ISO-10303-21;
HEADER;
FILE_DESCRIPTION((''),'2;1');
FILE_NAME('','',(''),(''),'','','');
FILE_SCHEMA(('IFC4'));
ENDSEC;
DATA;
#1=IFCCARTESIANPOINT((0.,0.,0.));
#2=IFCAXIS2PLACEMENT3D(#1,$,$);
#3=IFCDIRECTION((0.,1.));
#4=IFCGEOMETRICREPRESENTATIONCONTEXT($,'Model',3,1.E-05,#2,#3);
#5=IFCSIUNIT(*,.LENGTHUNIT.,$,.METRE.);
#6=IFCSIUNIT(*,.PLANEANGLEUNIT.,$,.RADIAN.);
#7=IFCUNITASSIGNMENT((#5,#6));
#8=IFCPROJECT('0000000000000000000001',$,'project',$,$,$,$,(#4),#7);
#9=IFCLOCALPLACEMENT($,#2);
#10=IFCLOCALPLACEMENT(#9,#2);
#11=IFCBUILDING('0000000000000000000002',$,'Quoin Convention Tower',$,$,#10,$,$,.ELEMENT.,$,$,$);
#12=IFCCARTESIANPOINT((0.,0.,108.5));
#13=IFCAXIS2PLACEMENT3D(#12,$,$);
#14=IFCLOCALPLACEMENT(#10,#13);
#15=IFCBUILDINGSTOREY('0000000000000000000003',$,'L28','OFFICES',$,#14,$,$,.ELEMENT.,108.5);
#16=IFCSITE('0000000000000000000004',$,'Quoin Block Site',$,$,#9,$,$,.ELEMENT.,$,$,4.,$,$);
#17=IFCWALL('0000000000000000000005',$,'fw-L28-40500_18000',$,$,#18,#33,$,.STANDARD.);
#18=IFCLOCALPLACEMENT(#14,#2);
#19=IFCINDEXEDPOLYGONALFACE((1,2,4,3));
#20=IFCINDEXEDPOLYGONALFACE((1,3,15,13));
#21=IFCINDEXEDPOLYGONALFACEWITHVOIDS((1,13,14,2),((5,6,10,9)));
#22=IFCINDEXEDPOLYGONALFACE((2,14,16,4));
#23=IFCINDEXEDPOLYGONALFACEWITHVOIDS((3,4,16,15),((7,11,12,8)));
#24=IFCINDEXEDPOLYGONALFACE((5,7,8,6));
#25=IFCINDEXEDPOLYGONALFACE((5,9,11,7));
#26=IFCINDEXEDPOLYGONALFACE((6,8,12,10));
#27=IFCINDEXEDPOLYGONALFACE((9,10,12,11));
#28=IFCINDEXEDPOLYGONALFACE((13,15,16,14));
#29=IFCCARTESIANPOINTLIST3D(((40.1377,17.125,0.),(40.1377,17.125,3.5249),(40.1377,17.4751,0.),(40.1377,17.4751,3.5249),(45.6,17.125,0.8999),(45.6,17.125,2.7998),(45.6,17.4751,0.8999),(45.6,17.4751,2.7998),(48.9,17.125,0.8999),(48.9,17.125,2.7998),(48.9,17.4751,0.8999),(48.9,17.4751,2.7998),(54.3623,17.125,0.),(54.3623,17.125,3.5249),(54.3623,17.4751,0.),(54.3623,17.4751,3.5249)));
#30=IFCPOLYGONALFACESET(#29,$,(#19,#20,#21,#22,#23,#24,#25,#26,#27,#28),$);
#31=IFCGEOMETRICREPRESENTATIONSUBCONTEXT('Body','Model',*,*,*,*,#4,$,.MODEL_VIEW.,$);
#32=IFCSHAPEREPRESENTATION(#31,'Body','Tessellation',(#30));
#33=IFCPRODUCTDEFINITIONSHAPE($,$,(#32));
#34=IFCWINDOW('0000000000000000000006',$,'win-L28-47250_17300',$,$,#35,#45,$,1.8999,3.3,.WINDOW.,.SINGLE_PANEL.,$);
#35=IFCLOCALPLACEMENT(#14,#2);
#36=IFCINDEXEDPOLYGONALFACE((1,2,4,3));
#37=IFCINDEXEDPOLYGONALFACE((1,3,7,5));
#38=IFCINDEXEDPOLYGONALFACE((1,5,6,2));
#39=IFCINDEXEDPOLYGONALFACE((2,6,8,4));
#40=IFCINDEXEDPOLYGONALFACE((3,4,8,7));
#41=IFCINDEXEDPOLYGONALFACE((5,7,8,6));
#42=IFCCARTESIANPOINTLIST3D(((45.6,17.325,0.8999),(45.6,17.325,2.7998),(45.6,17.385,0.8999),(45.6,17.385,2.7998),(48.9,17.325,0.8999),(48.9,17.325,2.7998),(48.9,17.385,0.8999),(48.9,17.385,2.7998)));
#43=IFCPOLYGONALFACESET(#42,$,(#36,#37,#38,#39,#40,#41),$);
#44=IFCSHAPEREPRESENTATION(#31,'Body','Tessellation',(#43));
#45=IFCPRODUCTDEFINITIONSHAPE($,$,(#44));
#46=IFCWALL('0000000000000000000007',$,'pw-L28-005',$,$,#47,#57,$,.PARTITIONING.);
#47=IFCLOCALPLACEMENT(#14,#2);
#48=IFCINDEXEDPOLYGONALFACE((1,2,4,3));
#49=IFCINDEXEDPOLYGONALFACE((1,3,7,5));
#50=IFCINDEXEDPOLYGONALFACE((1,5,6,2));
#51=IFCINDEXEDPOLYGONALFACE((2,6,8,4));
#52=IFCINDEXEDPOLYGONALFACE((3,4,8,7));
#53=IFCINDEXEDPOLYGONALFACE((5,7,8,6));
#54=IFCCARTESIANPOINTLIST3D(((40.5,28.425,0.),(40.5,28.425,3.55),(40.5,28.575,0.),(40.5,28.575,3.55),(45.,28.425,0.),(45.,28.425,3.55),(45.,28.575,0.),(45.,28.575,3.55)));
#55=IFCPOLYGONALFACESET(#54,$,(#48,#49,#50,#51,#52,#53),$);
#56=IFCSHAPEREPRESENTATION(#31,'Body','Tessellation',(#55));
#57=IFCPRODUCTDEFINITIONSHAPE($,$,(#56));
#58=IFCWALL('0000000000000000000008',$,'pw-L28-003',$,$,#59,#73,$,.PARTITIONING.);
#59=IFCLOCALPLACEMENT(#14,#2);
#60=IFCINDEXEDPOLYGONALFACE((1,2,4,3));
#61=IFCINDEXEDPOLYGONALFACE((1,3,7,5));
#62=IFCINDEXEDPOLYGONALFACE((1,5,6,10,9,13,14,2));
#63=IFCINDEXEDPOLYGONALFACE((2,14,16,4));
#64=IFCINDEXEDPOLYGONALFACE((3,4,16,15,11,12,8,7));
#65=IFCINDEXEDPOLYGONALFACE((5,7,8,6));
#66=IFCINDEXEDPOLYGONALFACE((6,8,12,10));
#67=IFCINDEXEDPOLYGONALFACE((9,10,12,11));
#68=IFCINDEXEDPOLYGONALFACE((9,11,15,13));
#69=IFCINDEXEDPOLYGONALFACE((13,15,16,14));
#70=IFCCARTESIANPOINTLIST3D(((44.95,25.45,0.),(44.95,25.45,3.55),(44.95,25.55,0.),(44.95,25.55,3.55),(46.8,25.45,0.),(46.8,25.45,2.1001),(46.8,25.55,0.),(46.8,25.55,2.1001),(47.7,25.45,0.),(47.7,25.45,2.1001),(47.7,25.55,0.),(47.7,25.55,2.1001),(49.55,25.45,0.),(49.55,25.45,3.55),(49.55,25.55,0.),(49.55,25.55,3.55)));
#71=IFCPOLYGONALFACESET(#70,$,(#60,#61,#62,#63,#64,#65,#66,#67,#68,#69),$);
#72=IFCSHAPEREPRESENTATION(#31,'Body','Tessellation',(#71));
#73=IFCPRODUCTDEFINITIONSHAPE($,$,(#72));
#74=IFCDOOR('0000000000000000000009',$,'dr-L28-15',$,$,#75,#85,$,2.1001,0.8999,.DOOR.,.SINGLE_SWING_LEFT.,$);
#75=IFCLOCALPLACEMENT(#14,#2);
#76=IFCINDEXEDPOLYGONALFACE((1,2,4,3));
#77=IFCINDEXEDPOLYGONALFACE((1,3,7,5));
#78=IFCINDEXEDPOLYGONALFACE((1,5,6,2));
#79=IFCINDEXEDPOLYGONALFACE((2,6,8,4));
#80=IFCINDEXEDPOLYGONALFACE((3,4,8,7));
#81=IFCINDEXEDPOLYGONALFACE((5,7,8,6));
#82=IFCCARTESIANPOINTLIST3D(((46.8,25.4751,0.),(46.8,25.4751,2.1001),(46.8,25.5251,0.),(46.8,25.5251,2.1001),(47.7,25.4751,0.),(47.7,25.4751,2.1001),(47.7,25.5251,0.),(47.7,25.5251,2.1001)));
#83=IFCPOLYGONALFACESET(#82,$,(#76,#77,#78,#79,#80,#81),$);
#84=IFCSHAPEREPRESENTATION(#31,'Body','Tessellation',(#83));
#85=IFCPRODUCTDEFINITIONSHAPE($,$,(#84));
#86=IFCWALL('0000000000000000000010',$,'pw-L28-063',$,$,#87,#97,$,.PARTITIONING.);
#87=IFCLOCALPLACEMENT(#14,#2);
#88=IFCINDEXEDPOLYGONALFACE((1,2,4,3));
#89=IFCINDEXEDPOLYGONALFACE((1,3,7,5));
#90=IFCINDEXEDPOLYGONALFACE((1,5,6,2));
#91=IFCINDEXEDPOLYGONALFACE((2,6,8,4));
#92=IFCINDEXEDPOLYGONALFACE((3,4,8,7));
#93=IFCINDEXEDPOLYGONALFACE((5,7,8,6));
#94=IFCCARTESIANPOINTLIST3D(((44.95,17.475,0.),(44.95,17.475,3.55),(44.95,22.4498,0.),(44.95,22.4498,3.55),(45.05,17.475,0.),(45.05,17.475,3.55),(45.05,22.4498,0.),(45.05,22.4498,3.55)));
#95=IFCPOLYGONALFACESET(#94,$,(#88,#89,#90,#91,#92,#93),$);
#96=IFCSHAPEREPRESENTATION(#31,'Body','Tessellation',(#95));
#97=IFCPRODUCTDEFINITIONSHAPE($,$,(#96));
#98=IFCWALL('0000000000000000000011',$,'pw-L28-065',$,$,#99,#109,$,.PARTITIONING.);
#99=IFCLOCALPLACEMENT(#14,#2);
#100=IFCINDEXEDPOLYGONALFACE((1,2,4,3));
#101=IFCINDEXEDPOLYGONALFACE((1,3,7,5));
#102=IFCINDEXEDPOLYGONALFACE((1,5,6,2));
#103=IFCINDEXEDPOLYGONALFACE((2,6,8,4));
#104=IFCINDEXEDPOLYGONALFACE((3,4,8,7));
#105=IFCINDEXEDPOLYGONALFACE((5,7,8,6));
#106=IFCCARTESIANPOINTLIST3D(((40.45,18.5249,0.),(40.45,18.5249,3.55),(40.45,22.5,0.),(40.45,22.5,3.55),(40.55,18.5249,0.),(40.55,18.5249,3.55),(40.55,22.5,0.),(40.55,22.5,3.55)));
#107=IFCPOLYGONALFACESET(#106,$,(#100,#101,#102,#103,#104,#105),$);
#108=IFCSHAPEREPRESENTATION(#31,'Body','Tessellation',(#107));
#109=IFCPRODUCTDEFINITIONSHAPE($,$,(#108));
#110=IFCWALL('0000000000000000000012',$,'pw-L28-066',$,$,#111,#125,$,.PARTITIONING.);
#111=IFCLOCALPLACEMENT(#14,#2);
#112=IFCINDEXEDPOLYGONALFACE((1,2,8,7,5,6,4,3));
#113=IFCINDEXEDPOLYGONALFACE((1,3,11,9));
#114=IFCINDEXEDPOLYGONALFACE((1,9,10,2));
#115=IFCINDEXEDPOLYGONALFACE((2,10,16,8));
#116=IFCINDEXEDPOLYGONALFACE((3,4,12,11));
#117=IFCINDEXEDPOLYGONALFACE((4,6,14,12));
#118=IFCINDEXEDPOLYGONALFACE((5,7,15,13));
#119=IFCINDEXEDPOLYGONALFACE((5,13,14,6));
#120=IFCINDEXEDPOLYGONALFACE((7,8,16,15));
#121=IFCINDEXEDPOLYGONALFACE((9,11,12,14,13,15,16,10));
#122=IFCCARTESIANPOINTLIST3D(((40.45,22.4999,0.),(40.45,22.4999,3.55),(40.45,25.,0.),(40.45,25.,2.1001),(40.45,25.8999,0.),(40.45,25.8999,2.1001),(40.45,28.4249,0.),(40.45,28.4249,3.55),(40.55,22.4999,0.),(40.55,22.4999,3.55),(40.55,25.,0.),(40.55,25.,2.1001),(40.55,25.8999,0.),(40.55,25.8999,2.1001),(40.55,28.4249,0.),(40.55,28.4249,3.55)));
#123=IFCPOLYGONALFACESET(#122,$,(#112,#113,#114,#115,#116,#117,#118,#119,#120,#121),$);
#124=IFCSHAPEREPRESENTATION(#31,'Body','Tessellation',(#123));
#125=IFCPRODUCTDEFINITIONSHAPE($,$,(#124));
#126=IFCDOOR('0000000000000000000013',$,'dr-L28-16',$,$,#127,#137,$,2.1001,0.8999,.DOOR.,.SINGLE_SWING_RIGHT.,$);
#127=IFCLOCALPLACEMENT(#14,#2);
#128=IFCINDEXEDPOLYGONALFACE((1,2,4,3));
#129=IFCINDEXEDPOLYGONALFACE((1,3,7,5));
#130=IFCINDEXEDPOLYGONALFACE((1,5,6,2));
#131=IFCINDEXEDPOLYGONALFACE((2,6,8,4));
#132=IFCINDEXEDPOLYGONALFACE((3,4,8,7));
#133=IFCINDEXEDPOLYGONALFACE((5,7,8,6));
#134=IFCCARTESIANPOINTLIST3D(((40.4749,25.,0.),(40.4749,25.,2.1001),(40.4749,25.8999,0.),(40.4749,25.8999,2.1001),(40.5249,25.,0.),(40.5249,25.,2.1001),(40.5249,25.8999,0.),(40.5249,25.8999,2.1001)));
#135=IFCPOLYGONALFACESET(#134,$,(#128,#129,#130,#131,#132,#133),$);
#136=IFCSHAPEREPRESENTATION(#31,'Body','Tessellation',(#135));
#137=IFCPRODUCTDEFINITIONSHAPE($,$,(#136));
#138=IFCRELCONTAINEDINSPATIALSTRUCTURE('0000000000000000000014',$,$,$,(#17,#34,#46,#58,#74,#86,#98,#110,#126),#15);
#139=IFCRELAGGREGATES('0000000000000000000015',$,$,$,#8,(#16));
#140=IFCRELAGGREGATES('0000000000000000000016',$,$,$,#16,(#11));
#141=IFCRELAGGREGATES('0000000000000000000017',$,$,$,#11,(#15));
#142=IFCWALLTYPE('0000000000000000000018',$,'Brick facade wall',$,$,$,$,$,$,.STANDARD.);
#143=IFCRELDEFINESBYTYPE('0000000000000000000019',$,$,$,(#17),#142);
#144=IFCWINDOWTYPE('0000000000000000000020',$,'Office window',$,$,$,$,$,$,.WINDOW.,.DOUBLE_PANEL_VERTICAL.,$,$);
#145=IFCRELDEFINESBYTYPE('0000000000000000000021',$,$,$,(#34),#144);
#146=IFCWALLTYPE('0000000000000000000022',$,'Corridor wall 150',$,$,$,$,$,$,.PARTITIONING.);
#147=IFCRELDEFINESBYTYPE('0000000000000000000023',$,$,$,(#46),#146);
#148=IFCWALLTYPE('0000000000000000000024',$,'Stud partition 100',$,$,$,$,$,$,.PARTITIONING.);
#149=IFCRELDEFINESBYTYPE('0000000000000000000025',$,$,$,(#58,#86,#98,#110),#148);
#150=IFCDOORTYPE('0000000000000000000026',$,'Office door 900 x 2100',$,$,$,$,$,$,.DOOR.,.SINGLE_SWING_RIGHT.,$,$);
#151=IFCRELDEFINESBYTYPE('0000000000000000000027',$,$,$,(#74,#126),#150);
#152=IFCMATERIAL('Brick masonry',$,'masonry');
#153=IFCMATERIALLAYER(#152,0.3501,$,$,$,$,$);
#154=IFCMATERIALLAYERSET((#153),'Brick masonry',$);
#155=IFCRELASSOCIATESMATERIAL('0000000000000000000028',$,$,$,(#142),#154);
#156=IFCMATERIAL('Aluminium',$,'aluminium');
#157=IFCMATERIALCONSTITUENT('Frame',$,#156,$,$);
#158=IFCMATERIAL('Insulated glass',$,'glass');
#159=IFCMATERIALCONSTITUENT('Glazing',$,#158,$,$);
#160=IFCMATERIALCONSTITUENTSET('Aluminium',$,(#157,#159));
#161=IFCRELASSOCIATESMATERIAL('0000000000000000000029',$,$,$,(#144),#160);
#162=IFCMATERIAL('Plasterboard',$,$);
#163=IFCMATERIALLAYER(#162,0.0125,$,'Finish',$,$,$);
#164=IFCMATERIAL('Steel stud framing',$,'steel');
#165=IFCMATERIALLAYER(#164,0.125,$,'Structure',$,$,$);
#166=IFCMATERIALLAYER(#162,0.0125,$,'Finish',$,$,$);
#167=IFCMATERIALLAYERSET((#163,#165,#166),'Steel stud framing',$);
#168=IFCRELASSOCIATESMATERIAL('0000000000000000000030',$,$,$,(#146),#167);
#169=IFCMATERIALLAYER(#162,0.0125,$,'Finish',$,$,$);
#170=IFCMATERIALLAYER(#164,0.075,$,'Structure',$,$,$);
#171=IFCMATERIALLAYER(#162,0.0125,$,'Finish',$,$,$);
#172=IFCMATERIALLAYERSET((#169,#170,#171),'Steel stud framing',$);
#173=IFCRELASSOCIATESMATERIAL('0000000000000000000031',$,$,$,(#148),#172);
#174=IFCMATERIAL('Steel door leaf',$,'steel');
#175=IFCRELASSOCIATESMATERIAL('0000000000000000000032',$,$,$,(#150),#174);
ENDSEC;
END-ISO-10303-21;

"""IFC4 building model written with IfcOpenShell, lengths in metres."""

from ifc_helpers import new_model, si_unit, direction, frame, frame_2d, origin, place, context, subcontext, project, spatial, rectangle, extrude, material, layer, layer_set, constituent, constituent_set, type_object, element, fill, save


model = new_model("IFC4")

# Units and contexts
model_context = context("Model", 3, precision=1e-05, world=origin(), true_north=direction((0.0, 1.0)))
body_context = subcontext(model_context, "Body", "Model", "MODEL_VIEW")
ifc_project = project(units=[si_unit("LENGTHUNIT", "METRE"), si_unit("PLANEANGLEUNIT", "RADIAN")], contexts=[model_context])

# Site, building, storey
site_placement = place(None, origin())
site = spatial("IfcSite", under=ifc_project, at=site_placement, Name="Quoin Block Site", CompositionType="ELEMENT", RefElevation=4.0)
building_placement = place(site_placement, origin())
building = spatial("IfcBuilding", under=site, at=building_placement, Name="Quoin Convention Tower", CompositionType="ELEMENT")
storey_placement = place(building_placement, frame((0.0, 0.0, 108.5)))
storey = spatial("IfcBuildingStorey", under=building, at=storey_placement, Name="L28", Description="OFFICES", CompositionType="ELEMENT", Elevation=108.5)

# Wall, opening, window
ifc_material_1 = material(Name="Brick masonry", Category="masonry")
ifc_layer_1 = layer(ifc_material_1, 0.3501)
ifc_layer_set_1 = layer_set([ifc_layer_1], Name="Brick masonry")
wall_type_1 = type_object("IfcWallType", Name="Brick facade wall", PredefinedType="STANDARD", material=ifc_layer_set_1)
wall_1_placement = place(storey_placement, frame((40.1377, 17.3, 0.0), z_axis=(0.0, 0.0, 1.0), x_axis=(1.0, 0.0, 0.0)))
wall_1 = element("IfcWall", 1, at=wall_1_placement, inside=storey, type_object=wall_type_1, Name="fw-L28-40500_18000", PredefinedType="STANDARD", context=body_context, shape_type="SweptSolid", body=[
    extrude(rectangle(XDim=14.2246, YDim=0.3501, at=frame_2d((7.1123, 0.0))), origin(), (0.0, 0.0, 1.0), 3.5249),
])
opening_1_placement = place(wall_1_placement, frame((5.4624, 0.0, 0.8999)))
opening_1 = element("IfcOpeningElement", 2, at=opening_1_placement, cuts=wall_1, PredefinedType="OPENING", context=body_context, shape_type="SweptSolid", body=[
    extrude(rectangle(XDim=3.3, YDim=1.8999, at=frame_2d((1.6499, 0.95))), frame((0.0, 0.1851, 0.0), z_axis=(0.0, -1.0, 0.0), x_axis=(1.0, 0.0, 0.0)), (0.0, 0.0, 1.0), 0.3701),
])
ifc_material_2 = material(Name="Aluminium", Category="aluminium")
ifc_constituent_1 = constituent(ifc_material_2, Name="Frame")
ifc_material_3 = material(Name="Insulated glass", Category="glass")
ifc_constituent_2 = constituent(ifc_material_3, Name="Glazing")
ifc_constituent_set = constituent_set(constituents=[ifc_constituent_1, ifc_constituent_2], Name="Aluminium")
window_type = type_object("IfcWindowType", Name="Office window", PartitioningType="DOUBLE_PANEL_VERTICAL", PredefinedType="WINDOW", material=ifc_constituent_set)
window_placement = place(opening_1_placement, origin())
window = element("IfcWindow", 3, at=window_placement, inside=storey, type_object=window_type, Name="win-L28-47250_17300", OverallHeight=1.8999, OverallWidth=3.3, PartitioningType="SINGLE_PANEL", PredefinedType="WINDOW", context=body_context, shape_type="SweptSolid", body=[
    extrude(rectangle(XDim=3.3, YDim=1.8999, at=frame_2d((1.6499, 0.95))), frame((0.0, 0.085, 0.0), z_axis=(0.0, -1.0, 0.0), x_axis=(1.0, 0.0, 0.0)), (0.0, 0.0, 1.0), 0.0601),
])
fill(opening_1, window)

# Wall
ifc_material_4 = material(Name="Plasterboard")
ifc_layer_2 = layer(ifc_material_4, 0.0125, Name="Finish")
ifc_material_5 = material(Name="Steel stud framing", Category="steel")
ifc_layer_3 = layer(ifc_material_5, 0.125, Name="Structure")
ifc_layer_4 = layer(ifc_material_4, 0.0125, Name="Finish")
ifc_layer_set_2 = layer_set([ifc_layer_2, ifc_layer_3, ifc_layer_4], Name="Steel stud framing")
wall_type_2 = type_object("IfcWallType", Name="Corridor wall 150", PredefinedType="PARTITIONING", material=ifc_layer_set_2)
wall_2_placement = place(storey_placement, frame((40.5, 28.5, 0.0), z_axis=(0.0, 0.0, 1.0), x_axis=(1.0, 0.0, 0.0)))
element("IfcWall", 4, at=wall_2_placement, inside=storey, type_object=wall_type_2, Name="pw-L28-005", PredefinedType="PARTITIONING", context=body_context, shape_type="SweptSolid", body=[
    extrude(rectangle(XDim=4.5, YDim=0.1499, at=frame_2d((2.25, 0.0))), origin(), (0.0, 0.0, 1.0), 3.55),
])

# Wall, opening, door
ifc_layer_5 = layer(ifc_material_4, 0.0125, Name="Finish")
ifc_layer_6 = layer(ifc_material_5, 0.075, Name="Structure")
ifc_layer_7 = layer(ifc_material_4, 0.0125, Name="Finish")
ifc_layer_set_3 = layer_set([ifc_layer_5, ifc_layer_6, ifc_layer_7], Name="Steel stud framing")
wall_type_3 = type_object("IfcWallType", Name="Stud partition 100", PredefinedType="PARTITIONING", material=ifc_layer_set_3)
wall_3_placement = place(storey_placement, frame((44.95, 25.5, 0.0), z_axis=(0.0, 0.0, 1.0), x_axis=(1.0, 0.0, 0.0)))
wall_3 = element("IfcWall", 5, at=wall_3_placement, inside=storey, type_object=wall_type_3, Name="pw-L28-003", PredefinedType="PARTITIONING", context=body_context, shape_type="SweptSolid", body=[
    extrude(rectangle(XDim=4.6001, YDim=0.1001, at=frame_2d((2.3, 0.0))), origin(), (0.0, 0.0, 1.0), 3.55),
])
opening_2_placement = place(wall_3_placement, frame((1.8501, 0.0, 0.0)))
opening_2 = element("IfcOpeningElement", 6, at=opening_2_placement, cuts=wall_3, PredefinedType="OPENING", context=body_context, shape_type="SweptSolid", body=[
    extrude(rectangle(XDim=0.8999, YDim=2.1001, at=frame_2d((0.45, 1.05))), frame((0.0, 0.0601, 0.0), z_axis=(0.0, -1.0, 0.0), x_axis=(1.0, 0.0, 0.0)), (0.0, 0.0, 1.0), 0.1201),
])
ifc_material_6 = material(Name="Steel door leaf", Category="steel")
door_type = type_object("IfcDoorType", Name="Office door 900 x 2100", OperationType="SINGLE_SWING_RIGHT", PredefinedType="DOOR", material=ifc_material_6)
door_1_placement = place(opening_2_placement, frame((0.8999, 0.0, 0.0), z_axis=(0.0, 0.0, 1.0), x_axis=(-1.0, 0.0, 0.0)))
door_1 = element("IfcDoor", 7, at=door_1_placement, inside=storey, type_object=door_type, Name="dr-L28-15", OperationType="SINGLE_SWING_LEFT", OverallHeight=2.1001, OverallWidth=0.8999, PredefinedType="DOOR", context=body_context, shape_type="SweptSolid", body=[
    extrude(rectangle(XDim=0.8999, YDim=2.1001, at=frame_2d((0.45, 1.05))), frame((0.0, 0.0249, 0.0), z_axis=(0.0, -1.0, 0.0), x_axis=(1.0, 0.0, 0.0)), (0.0, 0.0, 1.0), 0.05),
])
fill(opening_2, door_1)

# Walls
wall_4_placement = place(storey_placement, frame((45.0, 17.4751, 0.0), z_axis=(0.0, 0.0, 1.0), x_axis=(0.0, 1.0, 0.0)))
element("IfcWall", 8, at=wall_4_placement, inside=storey, type_object=wall_type_3, Name="pw-L28-063", PredefinedType="PARTITIONING", context=body_context, shape_type="SweptSolid", body=[
    extrude(rectangle(XDim=4.9749, YDim=0.1001, at=frame_2d((2.4873, 0.0))), origin(), (0.0, 0.0, 1.0), 3.55),
])
wall_5_placement = place(storey_placement, frame((40.5, 18.5249, 0.0), z_axis=(0.0, 0.0, 1.0), x_axis=(0.0, 1.0, 0.0)))
element("IfcWall", 9, at=wall_5_placement, inside=storey, type_object=wall_type_3, Name="pw-L28-065", PredefinedType="PARTITIONING", context=body_context, shape_type="SweptSolid", body=[
    extrude(rectangle(XDim=3.9751, YDim=0.1001, at=frame_2d((1.9875, 0.0))), origin(), (0.0, 0.0, 1.0), 3.55),
])

# Wall, opening, door
wall_6_placement = place(storey_placement, frame((40.5, 22.5, 0.0), z_axis=(0.0, 0.0, 1.0), x_axis=(0.0, 1.0, 0.0)))
wall_6 = element("IfcWall", 10, at=wall_6_placement, inside=storey, type_object=wall_type_3, Name="pw-L28-066", PredefinedType="PARTITIONING", context=body_context, shape_type="SweptSolid", body=[
    extrude(rectangle(XDim=5.925, YDim=0.1001, at=frame_2d((2.9624, 0.0))), origin(), (0.0, 0.0, 1.0), 3.55),
])
opening_3_placement = place(wall_6_placement, frame((2.5, 0.0, 0.0)))
opening_3 = element("IfcOpeningElement", 11, at=opening_3_placement, cuts=wall_6, PredefinedType="OPENING", context=body_context, shape_type="SweptSolid", body=[
    extrude(rectangle(XDim=0.8999, YDim=2.1001, at=frame_2d((0.45, 1.05))), frame((0.0, 0.0601, 0.0), z_axis=(0.0, -1.0, 0.0), x_axis=(1.0, 0.0, 0.0)), (0.0, 0.0, 1.0), 0.1201),
])
door_2_placement = place(opening_3_placement, frame((0.8999, 0.0, 0.0), z_axis=(0.0, 0.0, 1.0), x_axis=(-1.0, 0.0, 0.0)))
door_2 = element("IfcDoor", 12, at=door_2_placement, inside=storey, type_object=door_type, Name="dr-L28-16", OperationType="SINGLE_SWING_RIGHT", OverallHeight=2.1001, OverallWidth=0.8999, PredefinedType="DOOR", context=body_context, shape_type="SweptSolid", body=[
    extrude(rectangle(XDim=0.8999, YDim=2.1001, at=frame_2d((0.45, 1.05))), frame((0.0, 0.0249, 0.0), z_axis=(0.0, -1.0, 0.0), x_axis=(1.0, 0.0, 0.0)), (0.0, 0.0, 1.0), 0.05),
])
fill(opening_3, door_2)

save(model, "model.ifc")
